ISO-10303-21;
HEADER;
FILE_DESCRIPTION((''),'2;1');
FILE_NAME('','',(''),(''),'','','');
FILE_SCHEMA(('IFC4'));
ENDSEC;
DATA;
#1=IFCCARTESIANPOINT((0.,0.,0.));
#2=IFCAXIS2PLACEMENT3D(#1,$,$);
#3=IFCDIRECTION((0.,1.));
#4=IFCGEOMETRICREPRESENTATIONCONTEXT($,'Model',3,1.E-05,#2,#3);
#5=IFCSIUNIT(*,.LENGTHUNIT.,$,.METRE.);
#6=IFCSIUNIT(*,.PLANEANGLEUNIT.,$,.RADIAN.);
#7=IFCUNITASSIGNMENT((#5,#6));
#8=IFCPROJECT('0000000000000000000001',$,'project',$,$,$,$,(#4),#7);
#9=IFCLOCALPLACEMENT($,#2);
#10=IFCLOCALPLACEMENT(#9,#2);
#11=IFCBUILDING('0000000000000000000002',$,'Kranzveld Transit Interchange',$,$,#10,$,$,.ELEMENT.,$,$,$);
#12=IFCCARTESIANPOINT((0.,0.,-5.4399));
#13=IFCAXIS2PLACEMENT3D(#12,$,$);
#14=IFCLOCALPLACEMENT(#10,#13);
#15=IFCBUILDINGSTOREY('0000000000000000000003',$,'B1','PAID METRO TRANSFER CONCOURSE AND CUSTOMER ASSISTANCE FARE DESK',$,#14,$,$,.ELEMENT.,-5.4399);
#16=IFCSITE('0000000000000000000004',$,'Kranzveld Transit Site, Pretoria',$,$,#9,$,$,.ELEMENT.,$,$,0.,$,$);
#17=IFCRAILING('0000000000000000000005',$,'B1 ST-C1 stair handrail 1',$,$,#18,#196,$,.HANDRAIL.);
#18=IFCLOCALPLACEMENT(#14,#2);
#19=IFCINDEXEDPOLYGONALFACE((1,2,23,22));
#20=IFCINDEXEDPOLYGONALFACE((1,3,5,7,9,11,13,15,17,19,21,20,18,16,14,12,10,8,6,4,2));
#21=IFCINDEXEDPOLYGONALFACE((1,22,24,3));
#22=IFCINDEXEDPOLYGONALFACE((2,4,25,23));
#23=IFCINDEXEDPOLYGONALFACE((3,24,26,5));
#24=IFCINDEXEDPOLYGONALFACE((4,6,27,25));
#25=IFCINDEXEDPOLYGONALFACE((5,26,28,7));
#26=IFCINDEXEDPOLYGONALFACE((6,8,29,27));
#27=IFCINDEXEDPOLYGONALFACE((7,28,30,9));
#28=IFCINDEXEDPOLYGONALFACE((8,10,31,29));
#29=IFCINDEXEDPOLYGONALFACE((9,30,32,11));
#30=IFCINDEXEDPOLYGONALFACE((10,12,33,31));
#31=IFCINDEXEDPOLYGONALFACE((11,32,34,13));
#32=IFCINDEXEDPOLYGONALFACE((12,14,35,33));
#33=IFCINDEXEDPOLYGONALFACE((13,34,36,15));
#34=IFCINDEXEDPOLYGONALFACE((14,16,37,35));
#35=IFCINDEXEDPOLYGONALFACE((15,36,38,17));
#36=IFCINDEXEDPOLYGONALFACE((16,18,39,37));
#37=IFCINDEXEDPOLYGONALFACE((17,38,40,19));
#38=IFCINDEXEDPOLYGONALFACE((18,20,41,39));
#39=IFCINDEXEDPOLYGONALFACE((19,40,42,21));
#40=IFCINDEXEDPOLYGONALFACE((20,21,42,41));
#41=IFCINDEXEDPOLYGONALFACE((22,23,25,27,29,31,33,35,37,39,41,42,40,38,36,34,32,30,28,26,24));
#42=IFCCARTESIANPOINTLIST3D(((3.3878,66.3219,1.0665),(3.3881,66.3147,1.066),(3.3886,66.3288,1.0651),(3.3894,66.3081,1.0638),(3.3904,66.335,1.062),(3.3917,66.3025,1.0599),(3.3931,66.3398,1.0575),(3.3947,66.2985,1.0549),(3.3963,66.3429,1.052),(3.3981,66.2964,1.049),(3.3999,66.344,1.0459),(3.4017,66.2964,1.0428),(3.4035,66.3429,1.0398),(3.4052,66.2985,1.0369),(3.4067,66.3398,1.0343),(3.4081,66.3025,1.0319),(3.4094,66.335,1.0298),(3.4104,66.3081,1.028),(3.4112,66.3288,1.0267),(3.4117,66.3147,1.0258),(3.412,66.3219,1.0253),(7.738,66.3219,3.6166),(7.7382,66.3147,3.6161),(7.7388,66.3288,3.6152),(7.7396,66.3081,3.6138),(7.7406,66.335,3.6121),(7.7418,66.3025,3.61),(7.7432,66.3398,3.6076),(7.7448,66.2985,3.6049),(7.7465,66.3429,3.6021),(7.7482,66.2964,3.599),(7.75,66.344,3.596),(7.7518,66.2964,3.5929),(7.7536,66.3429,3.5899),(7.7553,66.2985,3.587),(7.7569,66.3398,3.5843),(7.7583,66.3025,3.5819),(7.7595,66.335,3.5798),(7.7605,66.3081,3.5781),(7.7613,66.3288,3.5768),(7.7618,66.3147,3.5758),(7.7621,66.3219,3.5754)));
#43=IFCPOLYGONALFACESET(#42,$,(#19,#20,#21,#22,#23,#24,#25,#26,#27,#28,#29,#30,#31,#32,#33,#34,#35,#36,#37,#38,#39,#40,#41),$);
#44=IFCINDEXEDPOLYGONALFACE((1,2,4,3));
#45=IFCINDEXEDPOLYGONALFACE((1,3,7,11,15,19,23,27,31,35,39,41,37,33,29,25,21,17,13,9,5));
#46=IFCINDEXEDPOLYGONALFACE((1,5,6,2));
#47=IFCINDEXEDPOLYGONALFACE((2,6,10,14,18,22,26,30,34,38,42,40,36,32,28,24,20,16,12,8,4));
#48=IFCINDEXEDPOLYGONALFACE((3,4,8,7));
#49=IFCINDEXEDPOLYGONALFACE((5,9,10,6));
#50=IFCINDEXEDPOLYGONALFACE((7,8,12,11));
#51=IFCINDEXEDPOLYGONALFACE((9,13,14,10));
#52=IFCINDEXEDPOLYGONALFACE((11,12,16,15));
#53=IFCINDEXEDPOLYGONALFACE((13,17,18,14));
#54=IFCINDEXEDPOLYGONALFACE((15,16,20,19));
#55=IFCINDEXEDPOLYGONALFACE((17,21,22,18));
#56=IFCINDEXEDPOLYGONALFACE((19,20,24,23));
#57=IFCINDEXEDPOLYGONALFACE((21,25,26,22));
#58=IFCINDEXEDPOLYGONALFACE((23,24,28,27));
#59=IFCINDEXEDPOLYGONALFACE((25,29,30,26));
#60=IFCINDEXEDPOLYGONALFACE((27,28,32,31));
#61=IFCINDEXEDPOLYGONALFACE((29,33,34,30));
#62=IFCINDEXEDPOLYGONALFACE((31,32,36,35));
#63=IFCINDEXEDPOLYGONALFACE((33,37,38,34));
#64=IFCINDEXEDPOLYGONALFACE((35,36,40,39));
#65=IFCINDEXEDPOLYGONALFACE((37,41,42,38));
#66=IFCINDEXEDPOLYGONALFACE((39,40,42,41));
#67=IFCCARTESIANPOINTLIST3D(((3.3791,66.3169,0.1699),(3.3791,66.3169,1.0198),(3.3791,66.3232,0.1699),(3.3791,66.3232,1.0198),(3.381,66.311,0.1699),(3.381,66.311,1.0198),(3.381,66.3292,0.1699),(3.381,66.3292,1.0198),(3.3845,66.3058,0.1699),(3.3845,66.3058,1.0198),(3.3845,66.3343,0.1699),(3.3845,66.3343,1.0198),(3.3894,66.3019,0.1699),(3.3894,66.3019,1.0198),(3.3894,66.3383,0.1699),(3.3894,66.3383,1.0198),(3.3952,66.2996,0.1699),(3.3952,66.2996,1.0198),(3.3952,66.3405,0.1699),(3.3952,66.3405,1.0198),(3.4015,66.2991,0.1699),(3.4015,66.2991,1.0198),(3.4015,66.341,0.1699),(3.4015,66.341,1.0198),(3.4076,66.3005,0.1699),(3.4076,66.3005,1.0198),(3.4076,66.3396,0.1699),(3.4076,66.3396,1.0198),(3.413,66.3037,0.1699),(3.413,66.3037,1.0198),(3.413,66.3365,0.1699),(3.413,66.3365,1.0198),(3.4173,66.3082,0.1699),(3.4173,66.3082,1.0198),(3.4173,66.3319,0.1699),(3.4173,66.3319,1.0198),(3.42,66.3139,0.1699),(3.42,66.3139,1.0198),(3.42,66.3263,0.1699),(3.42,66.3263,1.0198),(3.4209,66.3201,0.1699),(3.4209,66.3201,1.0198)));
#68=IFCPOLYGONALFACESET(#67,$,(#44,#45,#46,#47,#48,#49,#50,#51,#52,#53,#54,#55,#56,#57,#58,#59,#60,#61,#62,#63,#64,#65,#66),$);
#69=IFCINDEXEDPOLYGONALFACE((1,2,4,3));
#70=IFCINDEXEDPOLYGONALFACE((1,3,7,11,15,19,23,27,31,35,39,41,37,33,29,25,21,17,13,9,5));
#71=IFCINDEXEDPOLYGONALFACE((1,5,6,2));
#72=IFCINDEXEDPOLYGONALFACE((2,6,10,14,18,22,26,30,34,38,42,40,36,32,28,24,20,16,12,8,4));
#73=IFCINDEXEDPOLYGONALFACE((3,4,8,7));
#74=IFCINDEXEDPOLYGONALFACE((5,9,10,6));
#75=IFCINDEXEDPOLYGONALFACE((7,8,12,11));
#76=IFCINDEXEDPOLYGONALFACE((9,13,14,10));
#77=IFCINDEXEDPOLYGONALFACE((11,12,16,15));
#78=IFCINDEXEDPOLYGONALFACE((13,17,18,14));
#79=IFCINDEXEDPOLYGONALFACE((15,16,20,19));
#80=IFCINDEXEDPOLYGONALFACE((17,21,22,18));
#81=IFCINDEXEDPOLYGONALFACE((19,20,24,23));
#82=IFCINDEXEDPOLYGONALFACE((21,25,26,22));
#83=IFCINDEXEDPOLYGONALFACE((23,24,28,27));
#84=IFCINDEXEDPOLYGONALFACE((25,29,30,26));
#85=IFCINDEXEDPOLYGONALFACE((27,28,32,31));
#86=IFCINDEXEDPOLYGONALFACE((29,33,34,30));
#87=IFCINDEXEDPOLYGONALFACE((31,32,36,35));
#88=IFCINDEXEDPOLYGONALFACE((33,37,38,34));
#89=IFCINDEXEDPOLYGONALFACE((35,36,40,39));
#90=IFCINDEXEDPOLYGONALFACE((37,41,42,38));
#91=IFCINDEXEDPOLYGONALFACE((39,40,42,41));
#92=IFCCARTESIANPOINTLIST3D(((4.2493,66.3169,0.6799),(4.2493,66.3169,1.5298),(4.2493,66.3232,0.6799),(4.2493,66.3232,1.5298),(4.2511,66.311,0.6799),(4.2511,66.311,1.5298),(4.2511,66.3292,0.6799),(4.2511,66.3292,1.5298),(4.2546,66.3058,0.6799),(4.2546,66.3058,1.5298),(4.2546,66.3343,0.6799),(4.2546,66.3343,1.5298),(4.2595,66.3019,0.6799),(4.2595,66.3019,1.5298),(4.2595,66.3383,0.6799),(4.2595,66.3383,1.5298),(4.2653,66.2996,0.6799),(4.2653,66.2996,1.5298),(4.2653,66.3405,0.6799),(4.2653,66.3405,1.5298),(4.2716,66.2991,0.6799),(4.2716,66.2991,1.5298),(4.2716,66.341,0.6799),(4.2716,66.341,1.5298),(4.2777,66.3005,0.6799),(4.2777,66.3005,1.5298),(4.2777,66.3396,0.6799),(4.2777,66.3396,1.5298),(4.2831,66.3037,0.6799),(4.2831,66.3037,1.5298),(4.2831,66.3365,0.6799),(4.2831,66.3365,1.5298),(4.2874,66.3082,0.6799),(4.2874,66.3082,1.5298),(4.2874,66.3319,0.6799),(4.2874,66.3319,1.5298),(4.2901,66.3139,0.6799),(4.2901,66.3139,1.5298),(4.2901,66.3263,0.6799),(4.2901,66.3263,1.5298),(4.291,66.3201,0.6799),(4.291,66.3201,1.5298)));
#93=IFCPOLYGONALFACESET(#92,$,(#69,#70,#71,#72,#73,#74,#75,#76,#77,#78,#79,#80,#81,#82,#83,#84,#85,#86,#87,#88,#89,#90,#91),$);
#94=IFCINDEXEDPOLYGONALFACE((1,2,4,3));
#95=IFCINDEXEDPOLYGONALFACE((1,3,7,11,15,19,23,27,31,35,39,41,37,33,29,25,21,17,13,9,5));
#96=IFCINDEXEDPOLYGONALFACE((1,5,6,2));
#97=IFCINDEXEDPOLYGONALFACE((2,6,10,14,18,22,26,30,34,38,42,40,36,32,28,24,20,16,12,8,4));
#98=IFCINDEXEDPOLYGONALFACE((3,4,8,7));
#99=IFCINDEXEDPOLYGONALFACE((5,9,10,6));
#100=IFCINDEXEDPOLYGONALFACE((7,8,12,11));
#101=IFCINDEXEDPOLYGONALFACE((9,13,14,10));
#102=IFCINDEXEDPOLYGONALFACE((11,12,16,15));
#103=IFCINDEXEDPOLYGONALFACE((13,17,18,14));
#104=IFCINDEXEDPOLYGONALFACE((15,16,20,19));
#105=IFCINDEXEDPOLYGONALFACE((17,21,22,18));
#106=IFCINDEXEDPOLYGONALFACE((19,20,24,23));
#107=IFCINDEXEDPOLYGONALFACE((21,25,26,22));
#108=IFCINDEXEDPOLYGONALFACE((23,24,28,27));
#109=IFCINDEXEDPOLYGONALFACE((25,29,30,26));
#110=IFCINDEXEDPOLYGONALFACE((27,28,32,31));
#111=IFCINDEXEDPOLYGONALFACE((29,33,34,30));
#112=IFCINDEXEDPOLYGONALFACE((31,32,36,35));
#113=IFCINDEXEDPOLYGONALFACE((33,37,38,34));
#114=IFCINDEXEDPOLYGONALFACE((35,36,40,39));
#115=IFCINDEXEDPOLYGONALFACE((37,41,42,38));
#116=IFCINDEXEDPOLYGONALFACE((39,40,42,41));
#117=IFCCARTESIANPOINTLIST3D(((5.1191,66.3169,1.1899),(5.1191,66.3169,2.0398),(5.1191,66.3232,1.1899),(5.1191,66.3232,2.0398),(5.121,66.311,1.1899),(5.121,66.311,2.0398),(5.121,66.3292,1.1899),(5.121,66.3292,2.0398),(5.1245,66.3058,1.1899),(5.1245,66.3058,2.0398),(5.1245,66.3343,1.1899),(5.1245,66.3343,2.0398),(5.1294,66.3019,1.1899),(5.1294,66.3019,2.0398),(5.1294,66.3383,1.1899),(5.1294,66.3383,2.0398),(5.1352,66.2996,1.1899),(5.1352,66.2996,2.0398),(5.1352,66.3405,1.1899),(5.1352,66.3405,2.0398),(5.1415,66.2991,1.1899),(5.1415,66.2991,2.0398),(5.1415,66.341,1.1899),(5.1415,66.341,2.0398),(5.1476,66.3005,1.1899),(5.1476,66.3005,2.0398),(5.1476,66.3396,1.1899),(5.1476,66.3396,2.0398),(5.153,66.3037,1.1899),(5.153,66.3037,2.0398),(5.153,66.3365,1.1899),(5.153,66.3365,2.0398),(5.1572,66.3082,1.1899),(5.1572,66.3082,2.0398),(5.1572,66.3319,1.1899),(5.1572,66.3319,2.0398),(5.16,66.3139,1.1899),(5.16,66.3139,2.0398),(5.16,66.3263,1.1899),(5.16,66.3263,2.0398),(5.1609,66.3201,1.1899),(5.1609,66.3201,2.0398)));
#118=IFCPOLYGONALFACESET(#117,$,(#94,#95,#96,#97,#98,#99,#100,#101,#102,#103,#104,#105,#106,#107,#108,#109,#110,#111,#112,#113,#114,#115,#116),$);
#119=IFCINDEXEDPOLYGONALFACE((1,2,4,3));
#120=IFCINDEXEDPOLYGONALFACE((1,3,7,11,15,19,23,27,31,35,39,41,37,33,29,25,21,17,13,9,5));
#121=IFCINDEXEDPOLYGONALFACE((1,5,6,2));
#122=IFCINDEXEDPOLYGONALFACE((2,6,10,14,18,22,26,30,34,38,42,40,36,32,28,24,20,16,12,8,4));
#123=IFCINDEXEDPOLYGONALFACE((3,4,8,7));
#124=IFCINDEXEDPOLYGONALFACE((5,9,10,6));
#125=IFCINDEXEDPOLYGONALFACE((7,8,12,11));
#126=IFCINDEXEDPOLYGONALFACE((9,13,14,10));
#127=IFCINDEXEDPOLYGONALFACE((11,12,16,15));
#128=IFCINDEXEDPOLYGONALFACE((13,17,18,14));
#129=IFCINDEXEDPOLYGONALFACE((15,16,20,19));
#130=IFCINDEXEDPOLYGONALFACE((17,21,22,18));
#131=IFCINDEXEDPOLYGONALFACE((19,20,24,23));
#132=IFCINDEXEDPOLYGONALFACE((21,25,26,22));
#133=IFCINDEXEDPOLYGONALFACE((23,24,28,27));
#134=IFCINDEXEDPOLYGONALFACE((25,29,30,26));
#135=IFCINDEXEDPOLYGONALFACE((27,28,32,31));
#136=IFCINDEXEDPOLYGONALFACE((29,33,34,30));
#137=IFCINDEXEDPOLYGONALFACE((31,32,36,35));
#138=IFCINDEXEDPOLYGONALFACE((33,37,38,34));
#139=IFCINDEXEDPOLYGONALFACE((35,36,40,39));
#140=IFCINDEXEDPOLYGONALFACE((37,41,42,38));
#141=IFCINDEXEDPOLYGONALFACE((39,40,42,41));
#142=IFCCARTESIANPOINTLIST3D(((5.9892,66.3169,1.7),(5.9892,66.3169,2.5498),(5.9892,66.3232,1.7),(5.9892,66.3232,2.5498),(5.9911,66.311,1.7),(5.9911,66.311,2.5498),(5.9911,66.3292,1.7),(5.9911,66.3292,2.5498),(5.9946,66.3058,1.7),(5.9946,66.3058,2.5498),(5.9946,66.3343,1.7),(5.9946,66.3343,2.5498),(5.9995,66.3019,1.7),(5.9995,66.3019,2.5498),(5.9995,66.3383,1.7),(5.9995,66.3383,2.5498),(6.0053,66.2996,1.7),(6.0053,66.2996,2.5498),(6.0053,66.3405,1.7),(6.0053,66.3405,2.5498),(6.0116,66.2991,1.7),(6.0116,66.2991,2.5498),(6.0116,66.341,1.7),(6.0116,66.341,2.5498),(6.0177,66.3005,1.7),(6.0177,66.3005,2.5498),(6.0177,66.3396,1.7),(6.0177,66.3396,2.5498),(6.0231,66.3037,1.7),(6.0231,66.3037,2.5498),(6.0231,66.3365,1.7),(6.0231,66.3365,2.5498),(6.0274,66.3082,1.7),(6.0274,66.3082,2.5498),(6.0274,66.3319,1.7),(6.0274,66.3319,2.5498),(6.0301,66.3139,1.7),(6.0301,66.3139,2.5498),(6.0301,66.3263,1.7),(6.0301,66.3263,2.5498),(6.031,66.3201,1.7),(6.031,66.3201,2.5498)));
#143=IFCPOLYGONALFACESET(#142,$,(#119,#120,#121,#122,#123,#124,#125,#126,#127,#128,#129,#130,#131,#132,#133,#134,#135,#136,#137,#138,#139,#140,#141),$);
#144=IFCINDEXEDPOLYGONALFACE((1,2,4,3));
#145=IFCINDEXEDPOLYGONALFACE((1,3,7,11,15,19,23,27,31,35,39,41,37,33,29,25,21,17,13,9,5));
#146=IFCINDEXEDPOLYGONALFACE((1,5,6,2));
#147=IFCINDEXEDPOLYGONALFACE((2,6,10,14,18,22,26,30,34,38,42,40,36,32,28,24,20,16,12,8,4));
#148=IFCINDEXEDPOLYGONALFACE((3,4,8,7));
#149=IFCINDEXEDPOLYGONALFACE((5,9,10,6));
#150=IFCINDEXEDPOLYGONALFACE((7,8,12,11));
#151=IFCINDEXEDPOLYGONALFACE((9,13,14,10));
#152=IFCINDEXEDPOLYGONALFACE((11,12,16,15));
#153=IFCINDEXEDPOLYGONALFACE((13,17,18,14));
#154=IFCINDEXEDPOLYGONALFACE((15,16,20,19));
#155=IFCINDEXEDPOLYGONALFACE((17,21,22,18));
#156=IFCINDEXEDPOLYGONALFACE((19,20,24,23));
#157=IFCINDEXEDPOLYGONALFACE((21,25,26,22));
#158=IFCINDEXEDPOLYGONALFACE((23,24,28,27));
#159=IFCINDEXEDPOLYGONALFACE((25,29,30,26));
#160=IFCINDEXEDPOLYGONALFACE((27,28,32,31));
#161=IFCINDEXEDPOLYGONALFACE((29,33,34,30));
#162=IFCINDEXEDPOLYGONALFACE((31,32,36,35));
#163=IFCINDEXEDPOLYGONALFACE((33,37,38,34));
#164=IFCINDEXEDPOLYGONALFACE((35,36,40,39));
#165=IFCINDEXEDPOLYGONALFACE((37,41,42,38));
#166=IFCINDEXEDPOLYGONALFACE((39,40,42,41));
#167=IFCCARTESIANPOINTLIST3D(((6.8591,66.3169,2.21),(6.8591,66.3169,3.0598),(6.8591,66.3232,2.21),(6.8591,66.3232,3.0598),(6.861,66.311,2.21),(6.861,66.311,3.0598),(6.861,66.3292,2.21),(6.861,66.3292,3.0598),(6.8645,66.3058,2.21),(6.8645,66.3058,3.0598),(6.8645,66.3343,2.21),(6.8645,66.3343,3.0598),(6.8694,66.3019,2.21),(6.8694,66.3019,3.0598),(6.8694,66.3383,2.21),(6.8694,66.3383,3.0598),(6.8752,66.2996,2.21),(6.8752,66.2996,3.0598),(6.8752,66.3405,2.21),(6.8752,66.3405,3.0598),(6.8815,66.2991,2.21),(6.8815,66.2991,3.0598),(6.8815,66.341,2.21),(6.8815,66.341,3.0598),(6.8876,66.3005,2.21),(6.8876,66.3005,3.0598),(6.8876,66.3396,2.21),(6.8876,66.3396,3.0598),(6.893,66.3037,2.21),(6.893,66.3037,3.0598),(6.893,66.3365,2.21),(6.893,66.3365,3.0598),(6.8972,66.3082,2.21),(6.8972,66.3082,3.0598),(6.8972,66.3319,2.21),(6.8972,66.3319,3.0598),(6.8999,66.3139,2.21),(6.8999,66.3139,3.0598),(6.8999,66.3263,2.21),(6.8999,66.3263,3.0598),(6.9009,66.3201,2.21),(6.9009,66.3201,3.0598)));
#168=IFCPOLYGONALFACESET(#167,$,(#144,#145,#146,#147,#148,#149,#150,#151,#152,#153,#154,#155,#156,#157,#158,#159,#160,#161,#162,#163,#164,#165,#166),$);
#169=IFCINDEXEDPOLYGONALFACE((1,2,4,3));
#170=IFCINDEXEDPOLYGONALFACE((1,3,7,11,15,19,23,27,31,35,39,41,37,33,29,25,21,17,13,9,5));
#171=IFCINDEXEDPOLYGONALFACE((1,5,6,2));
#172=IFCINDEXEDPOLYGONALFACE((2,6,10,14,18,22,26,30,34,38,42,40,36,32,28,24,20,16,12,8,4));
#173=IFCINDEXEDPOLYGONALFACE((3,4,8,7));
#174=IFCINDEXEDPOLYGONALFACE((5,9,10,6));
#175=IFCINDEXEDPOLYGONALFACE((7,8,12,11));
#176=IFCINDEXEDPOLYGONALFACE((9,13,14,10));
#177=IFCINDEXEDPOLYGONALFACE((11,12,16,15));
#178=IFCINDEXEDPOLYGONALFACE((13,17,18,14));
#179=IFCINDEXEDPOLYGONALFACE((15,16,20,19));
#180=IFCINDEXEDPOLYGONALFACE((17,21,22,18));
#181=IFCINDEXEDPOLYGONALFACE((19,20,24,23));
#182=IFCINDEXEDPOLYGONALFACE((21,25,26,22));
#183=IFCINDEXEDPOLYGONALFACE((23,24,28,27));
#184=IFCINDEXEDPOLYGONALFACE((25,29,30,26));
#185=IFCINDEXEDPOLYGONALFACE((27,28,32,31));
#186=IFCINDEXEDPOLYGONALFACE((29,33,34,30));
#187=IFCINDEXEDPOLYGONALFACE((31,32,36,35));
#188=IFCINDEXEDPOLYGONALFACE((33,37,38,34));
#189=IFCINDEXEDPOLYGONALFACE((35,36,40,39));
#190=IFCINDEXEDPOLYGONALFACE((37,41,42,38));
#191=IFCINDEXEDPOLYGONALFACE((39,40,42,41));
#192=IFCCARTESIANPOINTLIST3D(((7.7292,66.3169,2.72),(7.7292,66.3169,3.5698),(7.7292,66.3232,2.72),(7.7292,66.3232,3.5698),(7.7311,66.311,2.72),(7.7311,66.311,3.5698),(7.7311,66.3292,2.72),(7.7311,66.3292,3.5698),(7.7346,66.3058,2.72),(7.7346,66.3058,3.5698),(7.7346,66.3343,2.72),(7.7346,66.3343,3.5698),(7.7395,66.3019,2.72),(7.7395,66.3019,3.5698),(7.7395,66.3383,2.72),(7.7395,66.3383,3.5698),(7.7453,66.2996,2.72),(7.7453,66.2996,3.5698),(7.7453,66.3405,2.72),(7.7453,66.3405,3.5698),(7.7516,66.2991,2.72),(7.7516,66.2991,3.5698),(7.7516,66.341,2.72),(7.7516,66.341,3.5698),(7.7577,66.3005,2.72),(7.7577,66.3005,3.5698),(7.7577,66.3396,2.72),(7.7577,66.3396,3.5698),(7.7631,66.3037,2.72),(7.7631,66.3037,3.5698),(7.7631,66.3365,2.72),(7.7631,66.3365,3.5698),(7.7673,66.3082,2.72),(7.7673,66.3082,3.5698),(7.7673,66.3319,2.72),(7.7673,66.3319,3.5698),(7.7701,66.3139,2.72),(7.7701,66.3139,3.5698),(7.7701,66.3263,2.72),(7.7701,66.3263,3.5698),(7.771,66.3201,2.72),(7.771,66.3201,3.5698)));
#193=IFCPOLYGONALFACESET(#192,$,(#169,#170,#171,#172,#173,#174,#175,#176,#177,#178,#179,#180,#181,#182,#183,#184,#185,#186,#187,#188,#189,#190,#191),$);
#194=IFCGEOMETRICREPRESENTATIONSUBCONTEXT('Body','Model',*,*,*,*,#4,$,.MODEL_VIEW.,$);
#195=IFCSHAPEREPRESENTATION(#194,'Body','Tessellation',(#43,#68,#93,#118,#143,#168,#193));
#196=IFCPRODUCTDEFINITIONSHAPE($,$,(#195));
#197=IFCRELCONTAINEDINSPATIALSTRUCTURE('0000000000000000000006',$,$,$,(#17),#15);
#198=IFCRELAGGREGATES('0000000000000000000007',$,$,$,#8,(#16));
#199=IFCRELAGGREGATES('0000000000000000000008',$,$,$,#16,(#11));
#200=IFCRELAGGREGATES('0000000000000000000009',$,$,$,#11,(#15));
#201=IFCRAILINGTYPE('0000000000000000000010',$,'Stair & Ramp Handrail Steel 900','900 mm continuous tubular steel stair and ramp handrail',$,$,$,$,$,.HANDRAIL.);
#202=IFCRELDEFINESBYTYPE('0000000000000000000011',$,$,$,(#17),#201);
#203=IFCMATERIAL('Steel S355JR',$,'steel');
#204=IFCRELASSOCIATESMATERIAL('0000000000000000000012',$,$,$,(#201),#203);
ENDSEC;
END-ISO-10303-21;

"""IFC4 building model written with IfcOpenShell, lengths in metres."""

from ifc_helpers import new_model, si_unit, direction, frame, origin, origin_2d, place, context, subcontext, project, spatial, circle, extrude, material, type_object, element, save


model = new_model("IFC4")

# Units and contexts
model_context = context("Model", 3, precision=1e-05, world=origin(), true_north=direction((0.0, 1.0)))
body_context = subcontext(model_context, "Body", "Model", "MODEL_VIEW")
ifc_project = project(units=[si_unit("LENGTHUNIT", "METRE"), si_unit("PLANEANGLEUNIT", "RADIAN")], contexts=[model_context])

# Site, building, storey
site_placement = place(None, origin())
site = spatial("IfcSite", under=ifc_project, at=site_placement, Name="Kranzveld Transit Site, Pretoria", CompositionType="ELEMENT", RefElevation=0.0)
building_placement = place(site_placement, origin())
building = spatial("IfcBuilding", under=site, at=building_placement, Name="Kranzveld Transit Interchange", CompositionType="ELEMENT")
storey_placement = place(building_placement, frame((0.0, 0.0, -5.4399)))
storey = spatial("IfcBuildingStorey", under=building, at=storey_placement, Name="B1", Description="PAID METRO TRANSFER CONCOURSE AND CUSTOMER ASSISTANCE FARE DESK", CompositionType="ELEMENT", Elevation=-5.4399)

# Railing
ifc_material_1 = material(Name="Steel S355JR", Category="steel")
railing_type_1 = type_object("IfcRailingType", Name="Stair & Ramp Handrail Steel 900", Description="900 mm continuous tubular steel stair and ramp handrail", PredefinedType="HANDRAIL", material=ifc_material_1)
railing_1_placement = place(storey_placement, frame((3.3999, 66.3201, 0.1699)))
element("IfcRailing", 1, at=railing_1_placement, inside=storey, type_object=railing_type_1, Name="B1 ST-C1 stair handrail 1", PredefinedType="HANDRAIL", context=body_context, shape_type="SweptSolid", body=[
    extrude(circle(Radius=0.0239, at=origin_2d()), frame((0.0, 0.0, 0.876), z_axis=(0.862699, 0.0, 0.505718), x_axis=(0.0, 1.0, 0.0)), (0.0, 0.0, 1.0), 5.0425),
    extrude(circle(Radius=0.021, at=origin_2d()), origin(), (0.0, 0.0, 1.0), 0.8499),
    extrude(circle(Radius=0.021, at=origin_2d()), frame((0.8701, 0.0, 0.51)), (0.0, 0.0, 1.0), 0.8499),
    extrude(circle(Radius=0.021, at=origin_2d()), frame((1.74, 0.0, 1.02)), (0.0, 0.0, 1.0), 0.8499),
    extrude(circle(Radius=0.021, at=origin_2d()), frame((2.6101, 0.0, 1.53)), (0.0, 0.0, 1.0), 0.8499),
    extrude(circle(Radius=0.021, at=origin_2d()), frame((3.48, 0.0, 2.04)), (0.0, 0.0, 1.0), 0.8499),
    extrude(circle(Radius=0.021, at=origin_2d()), frame((4.3501, 0.0, 2.55)), (0.0, 0.0, 1.0), 0.8499),
])

save(model, "model.ifc")
